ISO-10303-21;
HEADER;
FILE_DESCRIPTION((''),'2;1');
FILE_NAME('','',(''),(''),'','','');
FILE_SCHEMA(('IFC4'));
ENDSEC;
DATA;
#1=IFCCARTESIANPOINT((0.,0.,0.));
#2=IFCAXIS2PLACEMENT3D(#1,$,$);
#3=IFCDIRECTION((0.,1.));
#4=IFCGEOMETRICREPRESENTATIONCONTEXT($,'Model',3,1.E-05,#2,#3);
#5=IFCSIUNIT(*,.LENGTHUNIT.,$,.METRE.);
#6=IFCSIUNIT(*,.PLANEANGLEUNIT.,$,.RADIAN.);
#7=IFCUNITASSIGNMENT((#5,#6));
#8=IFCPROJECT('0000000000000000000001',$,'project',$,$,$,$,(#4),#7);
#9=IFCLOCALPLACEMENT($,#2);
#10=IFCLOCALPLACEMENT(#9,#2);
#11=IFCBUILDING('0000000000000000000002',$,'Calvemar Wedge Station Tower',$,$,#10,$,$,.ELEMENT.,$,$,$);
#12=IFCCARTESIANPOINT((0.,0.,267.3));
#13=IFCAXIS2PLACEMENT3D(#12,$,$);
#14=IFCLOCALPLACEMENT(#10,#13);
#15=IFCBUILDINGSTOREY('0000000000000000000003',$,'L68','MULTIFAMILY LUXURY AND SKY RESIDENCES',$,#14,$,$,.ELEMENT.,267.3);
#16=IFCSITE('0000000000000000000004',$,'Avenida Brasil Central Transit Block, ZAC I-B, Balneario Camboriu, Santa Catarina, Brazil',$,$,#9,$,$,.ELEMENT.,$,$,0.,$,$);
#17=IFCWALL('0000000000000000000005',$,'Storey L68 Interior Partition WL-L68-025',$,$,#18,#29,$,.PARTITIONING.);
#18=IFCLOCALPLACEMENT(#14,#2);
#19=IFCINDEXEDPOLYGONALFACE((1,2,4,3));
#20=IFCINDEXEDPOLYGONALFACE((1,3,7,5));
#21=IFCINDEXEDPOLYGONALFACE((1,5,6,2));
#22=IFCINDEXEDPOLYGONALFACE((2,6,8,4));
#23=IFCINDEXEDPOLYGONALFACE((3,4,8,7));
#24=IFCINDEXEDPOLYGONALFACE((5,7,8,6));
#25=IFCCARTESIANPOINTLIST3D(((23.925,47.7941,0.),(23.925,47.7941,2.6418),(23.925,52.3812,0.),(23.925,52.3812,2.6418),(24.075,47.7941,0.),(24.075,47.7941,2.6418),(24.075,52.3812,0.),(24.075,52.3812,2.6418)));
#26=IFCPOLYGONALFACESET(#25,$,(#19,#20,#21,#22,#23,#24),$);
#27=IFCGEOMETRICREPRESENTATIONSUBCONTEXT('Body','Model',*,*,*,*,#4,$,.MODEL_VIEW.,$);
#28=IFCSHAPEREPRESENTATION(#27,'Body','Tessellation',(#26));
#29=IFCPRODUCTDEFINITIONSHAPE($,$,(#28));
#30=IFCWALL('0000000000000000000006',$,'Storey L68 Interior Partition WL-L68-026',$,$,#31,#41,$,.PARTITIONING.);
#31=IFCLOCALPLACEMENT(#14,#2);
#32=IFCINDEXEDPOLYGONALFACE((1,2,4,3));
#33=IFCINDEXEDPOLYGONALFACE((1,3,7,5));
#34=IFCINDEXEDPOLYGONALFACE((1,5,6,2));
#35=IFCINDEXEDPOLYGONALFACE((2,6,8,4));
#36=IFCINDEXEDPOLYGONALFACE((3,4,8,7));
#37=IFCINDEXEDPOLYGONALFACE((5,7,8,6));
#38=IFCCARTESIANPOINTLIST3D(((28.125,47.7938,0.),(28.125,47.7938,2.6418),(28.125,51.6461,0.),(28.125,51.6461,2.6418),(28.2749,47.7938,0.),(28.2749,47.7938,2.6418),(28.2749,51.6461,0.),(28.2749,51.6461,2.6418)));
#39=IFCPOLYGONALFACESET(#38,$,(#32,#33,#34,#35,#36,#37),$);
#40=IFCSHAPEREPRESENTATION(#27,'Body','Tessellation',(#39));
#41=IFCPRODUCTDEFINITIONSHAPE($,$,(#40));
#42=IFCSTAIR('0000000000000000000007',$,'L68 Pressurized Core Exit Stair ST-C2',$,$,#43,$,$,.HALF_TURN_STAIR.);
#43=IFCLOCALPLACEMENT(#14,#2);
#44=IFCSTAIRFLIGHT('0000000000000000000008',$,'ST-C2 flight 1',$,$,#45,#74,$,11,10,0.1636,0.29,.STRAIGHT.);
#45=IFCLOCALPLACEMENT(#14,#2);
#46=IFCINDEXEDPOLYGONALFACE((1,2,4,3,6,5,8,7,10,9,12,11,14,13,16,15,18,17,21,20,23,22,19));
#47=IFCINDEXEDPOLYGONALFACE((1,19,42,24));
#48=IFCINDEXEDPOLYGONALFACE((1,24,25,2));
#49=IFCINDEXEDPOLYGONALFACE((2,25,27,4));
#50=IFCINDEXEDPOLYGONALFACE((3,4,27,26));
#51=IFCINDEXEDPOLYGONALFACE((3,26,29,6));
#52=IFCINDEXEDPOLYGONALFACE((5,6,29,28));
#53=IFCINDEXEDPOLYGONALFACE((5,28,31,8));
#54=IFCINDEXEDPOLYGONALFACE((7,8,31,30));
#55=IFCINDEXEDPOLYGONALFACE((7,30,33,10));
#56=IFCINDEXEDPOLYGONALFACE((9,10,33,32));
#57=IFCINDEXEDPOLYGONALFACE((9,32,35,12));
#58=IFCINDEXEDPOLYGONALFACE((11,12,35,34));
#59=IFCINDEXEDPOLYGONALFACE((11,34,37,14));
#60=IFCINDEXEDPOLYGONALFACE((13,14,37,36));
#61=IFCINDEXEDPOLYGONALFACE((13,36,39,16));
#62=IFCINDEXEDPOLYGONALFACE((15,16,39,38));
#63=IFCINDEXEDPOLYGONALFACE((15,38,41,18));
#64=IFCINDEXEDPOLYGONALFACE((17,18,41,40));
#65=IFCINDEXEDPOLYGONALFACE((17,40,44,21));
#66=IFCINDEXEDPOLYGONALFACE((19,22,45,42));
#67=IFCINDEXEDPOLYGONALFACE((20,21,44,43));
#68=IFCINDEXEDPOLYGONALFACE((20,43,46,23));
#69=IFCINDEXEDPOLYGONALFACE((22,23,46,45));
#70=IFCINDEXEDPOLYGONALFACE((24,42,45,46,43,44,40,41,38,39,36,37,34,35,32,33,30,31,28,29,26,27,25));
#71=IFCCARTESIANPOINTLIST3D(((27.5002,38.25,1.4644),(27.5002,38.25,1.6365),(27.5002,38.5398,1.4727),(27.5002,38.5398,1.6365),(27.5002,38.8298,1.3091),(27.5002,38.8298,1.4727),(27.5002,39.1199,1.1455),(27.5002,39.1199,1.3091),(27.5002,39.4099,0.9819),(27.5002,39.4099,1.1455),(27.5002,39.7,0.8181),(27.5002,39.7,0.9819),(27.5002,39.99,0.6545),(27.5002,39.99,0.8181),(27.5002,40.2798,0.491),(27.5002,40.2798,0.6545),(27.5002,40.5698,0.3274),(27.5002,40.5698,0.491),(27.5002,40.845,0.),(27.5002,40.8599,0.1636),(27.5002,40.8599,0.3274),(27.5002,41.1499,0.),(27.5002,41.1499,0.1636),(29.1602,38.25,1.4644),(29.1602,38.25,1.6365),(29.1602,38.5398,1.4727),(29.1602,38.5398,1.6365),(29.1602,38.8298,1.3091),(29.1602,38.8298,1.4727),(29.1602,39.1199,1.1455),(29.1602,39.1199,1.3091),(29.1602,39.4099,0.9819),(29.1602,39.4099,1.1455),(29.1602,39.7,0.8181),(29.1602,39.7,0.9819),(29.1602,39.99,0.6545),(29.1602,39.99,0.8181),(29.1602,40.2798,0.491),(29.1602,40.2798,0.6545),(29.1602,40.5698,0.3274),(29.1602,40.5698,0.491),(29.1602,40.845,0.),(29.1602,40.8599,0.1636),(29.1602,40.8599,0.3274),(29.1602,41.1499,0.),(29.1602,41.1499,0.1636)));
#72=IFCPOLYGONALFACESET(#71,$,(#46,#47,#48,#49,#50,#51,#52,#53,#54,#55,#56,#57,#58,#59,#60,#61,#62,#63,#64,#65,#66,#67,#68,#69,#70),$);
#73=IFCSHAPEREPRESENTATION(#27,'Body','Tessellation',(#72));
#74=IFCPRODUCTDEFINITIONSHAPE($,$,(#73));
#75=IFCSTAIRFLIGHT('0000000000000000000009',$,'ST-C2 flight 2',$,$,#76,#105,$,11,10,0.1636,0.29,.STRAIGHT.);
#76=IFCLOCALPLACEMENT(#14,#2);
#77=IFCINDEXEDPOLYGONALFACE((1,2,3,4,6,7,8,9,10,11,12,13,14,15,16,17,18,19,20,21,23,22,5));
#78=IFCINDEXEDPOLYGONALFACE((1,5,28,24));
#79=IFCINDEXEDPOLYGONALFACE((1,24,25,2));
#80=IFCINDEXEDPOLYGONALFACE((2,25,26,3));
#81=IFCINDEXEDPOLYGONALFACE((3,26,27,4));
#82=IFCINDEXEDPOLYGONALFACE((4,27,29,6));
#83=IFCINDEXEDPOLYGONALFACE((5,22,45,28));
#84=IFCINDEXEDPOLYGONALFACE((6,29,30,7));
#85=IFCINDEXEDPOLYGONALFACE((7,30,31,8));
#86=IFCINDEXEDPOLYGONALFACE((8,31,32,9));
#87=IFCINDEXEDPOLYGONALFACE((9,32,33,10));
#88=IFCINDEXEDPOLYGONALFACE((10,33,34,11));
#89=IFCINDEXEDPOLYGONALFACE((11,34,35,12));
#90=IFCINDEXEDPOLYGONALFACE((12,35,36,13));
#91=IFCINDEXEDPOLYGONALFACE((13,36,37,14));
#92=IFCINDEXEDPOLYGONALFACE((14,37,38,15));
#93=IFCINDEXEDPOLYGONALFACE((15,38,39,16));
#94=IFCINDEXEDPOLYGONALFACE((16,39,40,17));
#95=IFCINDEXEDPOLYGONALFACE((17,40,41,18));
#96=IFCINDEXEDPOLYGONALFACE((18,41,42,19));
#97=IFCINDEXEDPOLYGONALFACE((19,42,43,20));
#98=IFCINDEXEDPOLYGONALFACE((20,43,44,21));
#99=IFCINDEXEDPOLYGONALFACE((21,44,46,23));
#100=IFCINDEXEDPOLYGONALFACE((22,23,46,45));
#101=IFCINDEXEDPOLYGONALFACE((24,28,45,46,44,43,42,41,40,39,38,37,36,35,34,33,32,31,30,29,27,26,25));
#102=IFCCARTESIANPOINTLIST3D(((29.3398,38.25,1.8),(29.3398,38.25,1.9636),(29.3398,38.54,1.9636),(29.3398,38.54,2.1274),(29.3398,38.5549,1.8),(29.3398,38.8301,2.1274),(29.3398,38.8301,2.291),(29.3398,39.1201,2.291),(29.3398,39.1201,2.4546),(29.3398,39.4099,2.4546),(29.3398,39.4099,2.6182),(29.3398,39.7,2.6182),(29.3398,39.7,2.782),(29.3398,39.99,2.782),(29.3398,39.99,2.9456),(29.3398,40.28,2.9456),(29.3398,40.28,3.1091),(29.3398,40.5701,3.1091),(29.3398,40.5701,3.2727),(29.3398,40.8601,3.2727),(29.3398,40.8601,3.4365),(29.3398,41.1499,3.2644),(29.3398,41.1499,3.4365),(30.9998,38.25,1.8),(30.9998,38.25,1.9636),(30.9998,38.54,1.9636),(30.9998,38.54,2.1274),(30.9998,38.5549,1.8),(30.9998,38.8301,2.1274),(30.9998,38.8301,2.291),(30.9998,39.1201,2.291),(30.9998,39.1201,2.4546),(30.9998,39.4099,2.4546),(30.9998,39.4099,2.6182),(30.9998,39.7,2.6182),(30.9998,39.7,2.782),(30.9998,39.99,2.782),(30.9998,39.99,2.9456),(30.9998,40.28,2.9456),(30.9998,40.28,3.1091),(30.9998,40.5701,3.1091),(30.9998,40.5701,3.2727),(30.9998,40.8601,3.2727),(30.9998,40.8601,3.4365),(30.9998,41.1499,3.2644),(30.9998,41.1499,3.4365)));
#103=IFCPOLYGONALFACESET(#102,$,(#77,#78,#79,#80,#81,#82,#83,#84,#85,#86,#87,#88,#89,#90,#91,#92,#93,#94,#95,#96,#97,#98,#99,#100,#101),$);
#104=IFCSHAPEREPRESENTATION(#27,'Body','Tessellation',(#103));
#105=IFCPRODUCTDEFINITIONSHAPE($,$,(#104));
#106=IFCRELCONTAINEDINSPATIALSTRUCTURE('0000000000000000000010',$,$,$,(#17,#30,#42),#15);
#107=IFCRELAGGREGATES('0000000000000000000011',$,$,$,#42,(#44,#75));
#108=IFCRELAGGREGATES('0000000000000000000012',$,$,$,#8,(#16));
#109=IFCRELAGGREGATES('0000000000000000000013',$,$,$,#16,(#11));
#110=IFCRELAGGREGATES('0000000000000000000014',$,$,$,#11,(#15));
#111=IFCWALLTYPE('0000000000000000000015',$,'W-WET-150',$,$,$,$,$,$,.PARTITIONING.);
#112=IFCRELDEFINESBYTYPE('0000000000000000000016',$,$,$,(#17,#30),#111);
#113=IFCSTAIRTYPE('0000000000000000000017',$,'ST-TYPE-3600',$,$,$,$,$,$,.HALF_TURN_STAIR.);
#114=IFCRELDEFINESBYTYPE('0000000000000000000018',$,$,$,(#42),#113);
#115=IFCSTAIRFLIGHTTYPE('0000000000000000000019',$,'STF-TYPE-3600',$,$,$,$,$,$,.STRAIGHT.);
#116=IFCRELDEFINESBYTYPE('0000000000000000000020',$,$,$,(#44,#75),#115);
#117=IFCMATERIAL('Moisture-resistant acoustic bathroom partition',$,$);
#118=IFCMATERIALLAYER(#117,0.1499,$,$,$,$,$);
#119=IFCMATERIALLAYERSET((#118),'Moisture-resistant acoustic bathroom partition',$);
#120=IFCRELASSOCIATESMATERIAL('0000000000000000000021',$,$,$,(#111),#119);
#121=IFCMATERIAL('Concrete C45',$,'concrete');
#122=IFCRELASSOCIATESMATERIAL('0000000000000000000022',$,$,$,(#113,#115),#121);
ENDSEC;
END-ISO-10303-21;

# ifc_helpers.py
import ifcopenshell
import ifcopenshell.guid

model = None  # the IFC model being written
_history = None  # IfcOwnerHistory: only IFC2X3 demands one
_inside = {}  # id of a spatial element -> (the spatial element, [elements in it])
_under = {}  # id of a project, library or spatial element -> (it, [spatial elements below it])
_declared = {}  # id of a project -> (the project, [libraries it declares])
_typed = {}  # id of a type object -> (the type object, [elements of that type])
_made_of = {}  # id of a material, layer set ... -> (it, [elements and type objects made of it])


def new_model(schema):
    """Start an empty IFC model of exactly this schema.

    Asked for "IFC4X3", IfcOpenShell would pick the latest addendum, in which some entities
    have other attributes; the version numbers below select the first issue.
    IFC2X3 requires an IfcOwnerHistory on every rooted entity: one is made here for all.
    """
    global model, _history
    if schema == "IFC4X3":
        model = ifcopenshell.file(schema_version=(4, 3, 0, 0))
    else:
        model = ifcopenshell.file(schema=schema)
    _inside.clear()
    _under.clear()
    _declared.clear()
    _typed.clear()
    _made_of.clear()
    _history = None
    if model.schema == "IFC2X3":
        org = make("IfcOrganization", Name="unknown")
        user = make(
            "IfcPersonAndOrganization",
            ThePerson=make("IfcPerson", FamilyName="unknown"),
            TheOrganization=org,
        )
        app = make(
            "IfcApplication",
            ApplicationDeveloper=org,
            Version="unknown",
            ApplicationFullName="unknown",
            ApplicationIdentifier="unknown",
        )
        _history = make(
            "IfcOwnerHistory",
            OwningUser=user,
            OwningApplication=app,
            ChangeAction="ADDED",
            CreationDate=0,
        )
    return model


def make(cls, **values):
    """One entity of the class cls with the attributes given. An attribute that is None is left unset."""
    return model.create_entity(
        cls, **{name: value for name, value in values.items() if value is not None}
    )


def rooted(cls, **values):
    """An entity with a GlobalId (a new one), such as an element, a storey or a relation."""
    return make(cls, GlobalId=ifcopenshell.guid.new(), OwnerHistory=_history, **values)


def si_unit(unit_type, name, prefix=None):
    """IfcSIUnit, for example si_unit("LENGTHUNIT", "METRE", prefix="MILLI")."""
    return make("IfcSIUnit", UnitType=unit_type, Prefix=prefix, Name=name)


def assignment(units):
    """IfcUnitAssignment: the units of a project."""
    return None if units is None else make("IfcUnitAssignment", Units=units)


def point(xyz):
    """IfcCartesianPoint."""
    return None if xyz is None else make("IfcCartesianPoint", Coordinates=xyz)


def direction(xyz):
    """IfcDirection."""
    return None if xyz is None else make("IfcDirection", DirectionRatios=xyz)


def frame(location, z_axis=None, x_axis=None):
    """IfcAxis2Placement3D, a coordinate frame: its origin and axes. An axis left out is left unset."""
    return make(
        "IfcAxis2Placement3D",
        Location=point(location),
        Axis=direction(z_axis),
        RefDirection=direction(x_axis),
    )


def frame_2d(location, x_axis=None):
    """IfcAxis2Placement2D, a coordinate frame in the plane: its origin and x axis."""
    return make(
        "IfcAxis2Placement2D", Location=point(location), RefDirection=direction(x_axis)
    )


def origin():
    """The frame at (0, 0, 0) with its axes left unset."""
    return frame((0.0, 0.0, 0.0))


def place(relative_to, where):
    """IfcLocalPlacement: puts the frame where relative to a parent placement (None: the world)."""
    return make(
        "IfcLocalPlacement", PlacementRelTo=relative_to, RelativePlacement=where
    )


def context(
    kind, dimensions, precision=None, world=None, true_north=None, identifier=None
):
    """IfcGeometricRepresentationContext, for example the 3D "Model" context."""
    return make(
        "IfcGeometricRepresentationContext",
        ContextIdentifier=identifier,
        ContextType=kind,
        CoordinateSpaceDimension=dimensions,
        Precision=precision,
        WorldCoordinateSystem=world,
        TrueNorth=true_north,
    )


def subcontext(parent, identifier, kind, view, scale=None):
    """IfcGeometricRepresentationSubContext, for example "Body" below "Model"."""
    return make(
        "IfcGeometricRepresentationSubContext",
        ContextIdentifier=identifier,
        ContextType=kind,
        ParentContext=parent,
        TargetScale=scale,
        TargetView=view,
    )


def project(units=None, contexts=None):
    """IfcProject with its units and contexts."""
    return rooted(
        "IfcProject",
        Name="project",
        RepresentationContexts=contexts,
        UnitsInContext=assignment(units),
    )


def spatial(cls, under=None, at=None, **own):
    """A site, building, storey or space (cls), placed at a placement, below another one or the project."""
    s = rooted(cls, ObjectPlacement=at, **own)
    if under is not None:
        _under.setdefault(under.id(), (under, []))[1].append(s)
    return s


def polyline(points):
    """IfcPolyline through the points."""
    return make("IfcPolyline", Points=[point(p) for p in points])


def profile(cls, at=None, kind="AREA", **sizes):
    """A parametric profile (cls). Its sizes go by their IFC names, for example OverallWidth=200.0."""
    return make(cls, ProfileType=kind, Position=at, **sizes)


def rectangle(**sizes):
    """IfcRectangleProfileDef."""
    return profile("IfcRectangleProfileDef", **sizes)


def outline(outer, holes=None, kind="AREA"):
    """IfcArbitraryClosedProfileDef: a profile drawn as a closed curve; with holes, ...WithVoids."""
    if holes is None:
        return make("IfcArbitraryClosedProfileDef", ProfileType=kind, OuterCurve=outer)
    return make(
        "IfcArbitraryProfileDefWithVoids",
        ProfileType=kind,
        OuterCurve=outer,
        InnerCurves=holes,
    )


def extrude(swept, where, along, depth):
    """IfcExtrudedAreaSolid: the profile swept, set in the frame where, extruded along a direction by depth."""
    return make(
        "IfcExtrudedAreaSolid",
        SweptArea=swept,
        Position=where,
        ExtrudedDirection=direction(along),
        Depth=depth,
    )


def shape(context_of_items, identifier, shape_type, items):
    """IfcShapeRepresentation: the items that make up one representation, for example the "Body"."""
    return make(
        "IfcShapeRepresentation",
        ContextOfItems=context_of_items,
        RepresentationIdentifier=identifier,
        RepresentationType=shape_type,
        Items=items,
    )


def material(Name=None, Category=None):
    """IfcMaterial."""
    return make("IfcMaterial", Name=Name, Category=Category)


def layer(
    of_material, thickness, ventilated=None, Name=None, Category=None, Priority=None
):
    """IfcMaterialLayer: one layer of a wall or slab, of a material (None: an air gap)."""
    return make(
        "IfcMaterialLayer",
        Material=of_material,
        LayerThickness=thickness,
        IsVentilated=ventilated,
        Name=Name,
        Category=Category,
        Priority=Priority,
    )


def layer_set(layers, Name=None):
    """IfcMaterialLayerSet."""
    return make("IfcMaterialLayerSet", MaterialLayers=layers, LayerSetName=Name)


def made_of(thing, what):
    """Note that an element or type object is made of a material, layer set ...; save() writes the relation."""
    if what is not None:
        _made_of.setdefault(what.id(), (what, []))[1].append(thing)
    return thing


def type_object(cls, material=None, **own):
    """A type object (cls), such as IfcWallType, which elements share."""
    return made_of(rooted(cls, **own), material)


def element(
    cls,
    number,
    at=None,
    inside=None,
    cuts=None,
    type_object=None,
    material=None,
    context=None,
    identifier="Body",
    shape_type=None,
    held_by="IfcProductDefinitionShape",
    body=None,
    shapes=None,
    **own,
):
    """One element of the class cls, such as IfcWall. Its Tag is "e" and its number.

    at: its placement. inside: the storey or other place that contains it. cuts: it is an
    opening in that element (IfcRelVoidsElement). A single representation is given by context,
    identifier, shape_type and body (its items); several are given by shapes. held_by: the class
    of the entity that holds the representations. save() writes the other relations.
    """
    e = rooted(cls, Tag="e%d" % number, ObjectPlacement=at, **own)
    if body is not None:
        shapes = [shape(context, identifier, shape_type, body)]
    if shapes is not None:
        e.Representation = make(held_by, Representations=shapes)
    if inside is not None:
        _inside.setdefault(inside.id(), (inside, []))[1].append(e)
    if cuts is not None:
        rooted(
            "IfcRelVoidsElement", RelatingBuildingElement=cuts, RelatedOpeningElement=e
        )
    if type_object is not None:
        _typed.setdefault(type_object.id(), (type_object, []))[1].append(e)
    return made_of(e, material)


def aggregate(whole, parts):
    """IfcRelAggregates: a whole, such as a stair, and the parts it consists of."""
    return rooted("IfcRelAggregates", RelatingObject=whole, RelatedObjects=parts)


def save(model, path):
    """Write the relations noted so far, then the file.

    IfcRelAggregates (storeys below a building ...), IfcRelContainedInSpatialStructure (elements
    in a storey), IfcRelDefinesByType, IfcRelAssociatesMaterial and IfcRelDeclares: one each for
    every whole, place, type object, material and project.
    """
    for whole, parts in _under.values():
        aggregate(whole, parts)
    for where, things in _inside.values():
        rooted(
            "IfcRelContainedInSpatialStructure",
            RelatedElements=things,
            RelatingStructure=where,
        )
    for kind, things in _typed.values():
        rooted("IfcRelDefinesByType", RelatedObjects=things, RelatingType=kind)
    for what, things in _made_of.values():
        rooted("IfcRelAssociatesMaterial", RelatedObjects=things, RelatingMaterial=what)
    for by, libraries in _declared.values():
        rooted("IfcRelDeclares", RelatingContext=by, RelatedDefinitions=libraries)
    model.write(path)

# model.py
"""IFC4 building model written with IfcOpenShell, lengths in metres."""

from ifc_helpers import new_model, si_unit, direction, frame, frame_2d, origin, place, context, subcontext, project, spatial, polyline, rectangle, outline, extrude, material, layer, layer_set, type_object, element, aggregate, save


model = new_model("IFC4")

# Units and contexts
model_context = context("Model", 3, precision=1e-05, world=origin(), true_north=direction((0.0, 1.0)))
body_context = subcontext(model_context, "Body", "Model", "MODEL_VIEW")
ifc_project = project(units=[si_unit("LENGTHUNIT", "METRE"), si_unit("PLANEANGLEUNIT", "RADIAN")], contexts=[model_context])

# Site, building, storey
site_placement = place(None, origin())
site = spatial("IfcSite", under=ifc_project, at=site_placement, Name="Avenida Brasil Central Transit Block, ZAC I-B, Balneario Camboriu, Santa Catarina, Brazil", CompositionType="ELEMENT", RefElevation=0.0)
building_placement = place(site_placement, origin())
building = spatial("IfcBuilding", under=site, at=building_placement, Name="Calvemar Wedge Station Tower", CompositionType="ELEMENT")
storey_placement = place(building_placement, frame((0.0, 0.0, 267.3)))
storey = spatial("IfcBuildingStorey", under=building, at=storey_placement, Name="L68", Description="MULTIFAMILY LUXURY AND SKY RESIDENCES", CompositionType="ELEMENT", Elevation=267.3)

# Walls
ifc_material_1 = material(Name="Moisture-resistant acoustic bathroom partition")
ifc_layer_1 = layer(ifc_material_1, 0.1499)
ifc_layer_set_1 = layer_set([ifc_layer_1], Name="Moisture-resistant acoustic bathroom partition")
wall_type_1 = type_object("IfcWallType", Name="W-WET-150", PredefinedType="PARTITIONING", material=ifc_layer_set_1)
wall_1_placement = place(storey_placement, frame((24.0, 52.3811, 0.0), z_axis=(0.0, 0.0, 1.0), x_axis=(0.0, -1.0, 0.0)))
element("IfcWall", 1, at=wall_1_placement, inside=storey, type_object=wall_type_1, Name="Storey L68 Interior Partition WL-L68-025", PredefinedType="PARTITIONING", context=body_context, shape_type="SweptSolid", body=[
    extrude(rectangle(XDim=4.5872, YDim=0.1499, at=frame_2d((2.2935, 0.0))), origin(), (0.0, 0.0, 1.0), 2.6418),
])
wall_2_placement = place(storey_placement, frame((28.2, 51.6462, 0.0), z_axis=(0.0, 0.0, 1.0), x_axis=(0.0, -1.0, 0.0)))
element("IfcWall", 2, at=wall_2_placement, inside=storey, type_object=wall_type_1, Name="Storey L68 Interior Partition WL-L68-026", PredefinedType="PARTITIONING", context=body_context, shape_type="SweptSolid", body=[
    extrude(rectangle(XDim=3.8523, YDim=0.1499, at=frame_2d((1.9263, 0.0))), origin(), (0.0, 0.0, 1.0), 2.6418),
])

# Stair, stair flights
ifc_material_2 = material(Name="Concrete C45", Category="concrete")
stair_type = type_object("IfcStairType", Name="ST-TYPE-3600", PredefinedType="HALF_TURN_STAIR", material=ifc_material_2)
stair_placement = place(storey_placement, origin())
stair = element("IfcStair", 3, at=stair_placement, inside=storey, type_object=stair_type, Name="L68 Pressurized Core Exit Stair ST-C2", PredefinedType="HALF_TURN_STAIR")
stair_flight_type = type_object("IfcStairFlightType", Name="STF-TYPE-3600", PredefinedType="STRAIGHT", material=ifc_material_2)
stair_flight_1_placement = place(storey_placement, frame((28.3301, 41.1499, 0.0), z_axis=(0.0, 0.0, 1.0), x_axis=(0.0, -1.0, 0.0)))
stair_flight_1 = element("IfcStairFlight", 4, at=stair_flight_1_placement, type_object=stair_flight_type, Name="ST-C2 flight 1", NumberOfRisers=11, NumberOfTreads=10, PredefinedType="STRAIGHT", RiserHeight=0.1636, TreadLength=0.29, context=body_context, shape_type="SweptSolid", body=[
    extrude(outline(polyline([(0.0, 0.0), (0.0, 0.1636), (0.29, 0.1636), (0.29, 0.3274), (0.5801, 0.3274), (0.5801, 0.491), (0.8701, 0.491), (0.8701, 0.6545), (1.1599, 0.6545), (1.1599, 0.8181), (1.45, 0.8181), (1.45, 0.9819), (1.74, 0.9819), (1.74, 1.1455), (2.03, 1.1455), (2.03, 1.3091), (2.3201, 1.3091), (2.3201, 1.4727), (2.6101, 1.4727), (2.6101, 1.6365), (2.8999, 1.6365), (2.8999, 1.8), (2.8999, 1.4644), (0.3049, 0.0), (0.0, 0.0)])), frame((0.0, 0.8301, 0.0), z_axis=(0.0, -1.0, 0.0), x_axis=(1.0, 0.0, 0.0)), (0.0, 0.0, 1.0), 1.6599),
])
stair_flight_2_placement = place(storey_placement, frame((30.1699, 38.25, 1.8), z_axis=(0.0, 0.0, 1.0), x_axis=(0.0, 1.0, 0.0)))
stair_flight_2 = element("IfcStairFlight", 5, at=stair_flight_2_placement, type_object=stair_flight_type, Name="ST-C2 flight 2", NumberOfRisers=11, NumberOfTreads=10, PredefinedType="STRAIGHT", RiserHeight=0.1636, TreadLength=0.29, context=body_context, shape_type="SweptSolid", body=[
    extrude(outline(polyline([(0.0, 0.0), (0.0, 0.1636), (0.29, 0.1636), (0.29, 0.3274), (0.5801, 0.3274), (0.5801, 0.491), (0.8701, 0.491), (0.8701, 0.6545), (1.1599, 0.6545), (1.1599, 0.8181), (1.45, 0.8181), (1.45, 0.9819), (1.74, 0.9819), (1.74, 1.1455), (2.03, 1.1455), (2.03, 1.3091), (2.3201, 1.3091), (2.3201, 1.4727), (2.6101, 1.4727), (2.6101, 1.6365), (2.8999, 1.6365), (2.8999, 1.8), (2.8999, 1.4644), (0.3049, 0.0), (0.0, 0.0)])), frame((0.0, 0.8301, 0.0), z_axis=(0.0, -1.0, 0.0), x_axis=(1.0, 0.0, 0.0)), (0.0, 0.0, 1.0), 1.6599),
])
aggregate(stair, [stair_flight_1, stair_flight_2])

save(model, "model.ifc")
